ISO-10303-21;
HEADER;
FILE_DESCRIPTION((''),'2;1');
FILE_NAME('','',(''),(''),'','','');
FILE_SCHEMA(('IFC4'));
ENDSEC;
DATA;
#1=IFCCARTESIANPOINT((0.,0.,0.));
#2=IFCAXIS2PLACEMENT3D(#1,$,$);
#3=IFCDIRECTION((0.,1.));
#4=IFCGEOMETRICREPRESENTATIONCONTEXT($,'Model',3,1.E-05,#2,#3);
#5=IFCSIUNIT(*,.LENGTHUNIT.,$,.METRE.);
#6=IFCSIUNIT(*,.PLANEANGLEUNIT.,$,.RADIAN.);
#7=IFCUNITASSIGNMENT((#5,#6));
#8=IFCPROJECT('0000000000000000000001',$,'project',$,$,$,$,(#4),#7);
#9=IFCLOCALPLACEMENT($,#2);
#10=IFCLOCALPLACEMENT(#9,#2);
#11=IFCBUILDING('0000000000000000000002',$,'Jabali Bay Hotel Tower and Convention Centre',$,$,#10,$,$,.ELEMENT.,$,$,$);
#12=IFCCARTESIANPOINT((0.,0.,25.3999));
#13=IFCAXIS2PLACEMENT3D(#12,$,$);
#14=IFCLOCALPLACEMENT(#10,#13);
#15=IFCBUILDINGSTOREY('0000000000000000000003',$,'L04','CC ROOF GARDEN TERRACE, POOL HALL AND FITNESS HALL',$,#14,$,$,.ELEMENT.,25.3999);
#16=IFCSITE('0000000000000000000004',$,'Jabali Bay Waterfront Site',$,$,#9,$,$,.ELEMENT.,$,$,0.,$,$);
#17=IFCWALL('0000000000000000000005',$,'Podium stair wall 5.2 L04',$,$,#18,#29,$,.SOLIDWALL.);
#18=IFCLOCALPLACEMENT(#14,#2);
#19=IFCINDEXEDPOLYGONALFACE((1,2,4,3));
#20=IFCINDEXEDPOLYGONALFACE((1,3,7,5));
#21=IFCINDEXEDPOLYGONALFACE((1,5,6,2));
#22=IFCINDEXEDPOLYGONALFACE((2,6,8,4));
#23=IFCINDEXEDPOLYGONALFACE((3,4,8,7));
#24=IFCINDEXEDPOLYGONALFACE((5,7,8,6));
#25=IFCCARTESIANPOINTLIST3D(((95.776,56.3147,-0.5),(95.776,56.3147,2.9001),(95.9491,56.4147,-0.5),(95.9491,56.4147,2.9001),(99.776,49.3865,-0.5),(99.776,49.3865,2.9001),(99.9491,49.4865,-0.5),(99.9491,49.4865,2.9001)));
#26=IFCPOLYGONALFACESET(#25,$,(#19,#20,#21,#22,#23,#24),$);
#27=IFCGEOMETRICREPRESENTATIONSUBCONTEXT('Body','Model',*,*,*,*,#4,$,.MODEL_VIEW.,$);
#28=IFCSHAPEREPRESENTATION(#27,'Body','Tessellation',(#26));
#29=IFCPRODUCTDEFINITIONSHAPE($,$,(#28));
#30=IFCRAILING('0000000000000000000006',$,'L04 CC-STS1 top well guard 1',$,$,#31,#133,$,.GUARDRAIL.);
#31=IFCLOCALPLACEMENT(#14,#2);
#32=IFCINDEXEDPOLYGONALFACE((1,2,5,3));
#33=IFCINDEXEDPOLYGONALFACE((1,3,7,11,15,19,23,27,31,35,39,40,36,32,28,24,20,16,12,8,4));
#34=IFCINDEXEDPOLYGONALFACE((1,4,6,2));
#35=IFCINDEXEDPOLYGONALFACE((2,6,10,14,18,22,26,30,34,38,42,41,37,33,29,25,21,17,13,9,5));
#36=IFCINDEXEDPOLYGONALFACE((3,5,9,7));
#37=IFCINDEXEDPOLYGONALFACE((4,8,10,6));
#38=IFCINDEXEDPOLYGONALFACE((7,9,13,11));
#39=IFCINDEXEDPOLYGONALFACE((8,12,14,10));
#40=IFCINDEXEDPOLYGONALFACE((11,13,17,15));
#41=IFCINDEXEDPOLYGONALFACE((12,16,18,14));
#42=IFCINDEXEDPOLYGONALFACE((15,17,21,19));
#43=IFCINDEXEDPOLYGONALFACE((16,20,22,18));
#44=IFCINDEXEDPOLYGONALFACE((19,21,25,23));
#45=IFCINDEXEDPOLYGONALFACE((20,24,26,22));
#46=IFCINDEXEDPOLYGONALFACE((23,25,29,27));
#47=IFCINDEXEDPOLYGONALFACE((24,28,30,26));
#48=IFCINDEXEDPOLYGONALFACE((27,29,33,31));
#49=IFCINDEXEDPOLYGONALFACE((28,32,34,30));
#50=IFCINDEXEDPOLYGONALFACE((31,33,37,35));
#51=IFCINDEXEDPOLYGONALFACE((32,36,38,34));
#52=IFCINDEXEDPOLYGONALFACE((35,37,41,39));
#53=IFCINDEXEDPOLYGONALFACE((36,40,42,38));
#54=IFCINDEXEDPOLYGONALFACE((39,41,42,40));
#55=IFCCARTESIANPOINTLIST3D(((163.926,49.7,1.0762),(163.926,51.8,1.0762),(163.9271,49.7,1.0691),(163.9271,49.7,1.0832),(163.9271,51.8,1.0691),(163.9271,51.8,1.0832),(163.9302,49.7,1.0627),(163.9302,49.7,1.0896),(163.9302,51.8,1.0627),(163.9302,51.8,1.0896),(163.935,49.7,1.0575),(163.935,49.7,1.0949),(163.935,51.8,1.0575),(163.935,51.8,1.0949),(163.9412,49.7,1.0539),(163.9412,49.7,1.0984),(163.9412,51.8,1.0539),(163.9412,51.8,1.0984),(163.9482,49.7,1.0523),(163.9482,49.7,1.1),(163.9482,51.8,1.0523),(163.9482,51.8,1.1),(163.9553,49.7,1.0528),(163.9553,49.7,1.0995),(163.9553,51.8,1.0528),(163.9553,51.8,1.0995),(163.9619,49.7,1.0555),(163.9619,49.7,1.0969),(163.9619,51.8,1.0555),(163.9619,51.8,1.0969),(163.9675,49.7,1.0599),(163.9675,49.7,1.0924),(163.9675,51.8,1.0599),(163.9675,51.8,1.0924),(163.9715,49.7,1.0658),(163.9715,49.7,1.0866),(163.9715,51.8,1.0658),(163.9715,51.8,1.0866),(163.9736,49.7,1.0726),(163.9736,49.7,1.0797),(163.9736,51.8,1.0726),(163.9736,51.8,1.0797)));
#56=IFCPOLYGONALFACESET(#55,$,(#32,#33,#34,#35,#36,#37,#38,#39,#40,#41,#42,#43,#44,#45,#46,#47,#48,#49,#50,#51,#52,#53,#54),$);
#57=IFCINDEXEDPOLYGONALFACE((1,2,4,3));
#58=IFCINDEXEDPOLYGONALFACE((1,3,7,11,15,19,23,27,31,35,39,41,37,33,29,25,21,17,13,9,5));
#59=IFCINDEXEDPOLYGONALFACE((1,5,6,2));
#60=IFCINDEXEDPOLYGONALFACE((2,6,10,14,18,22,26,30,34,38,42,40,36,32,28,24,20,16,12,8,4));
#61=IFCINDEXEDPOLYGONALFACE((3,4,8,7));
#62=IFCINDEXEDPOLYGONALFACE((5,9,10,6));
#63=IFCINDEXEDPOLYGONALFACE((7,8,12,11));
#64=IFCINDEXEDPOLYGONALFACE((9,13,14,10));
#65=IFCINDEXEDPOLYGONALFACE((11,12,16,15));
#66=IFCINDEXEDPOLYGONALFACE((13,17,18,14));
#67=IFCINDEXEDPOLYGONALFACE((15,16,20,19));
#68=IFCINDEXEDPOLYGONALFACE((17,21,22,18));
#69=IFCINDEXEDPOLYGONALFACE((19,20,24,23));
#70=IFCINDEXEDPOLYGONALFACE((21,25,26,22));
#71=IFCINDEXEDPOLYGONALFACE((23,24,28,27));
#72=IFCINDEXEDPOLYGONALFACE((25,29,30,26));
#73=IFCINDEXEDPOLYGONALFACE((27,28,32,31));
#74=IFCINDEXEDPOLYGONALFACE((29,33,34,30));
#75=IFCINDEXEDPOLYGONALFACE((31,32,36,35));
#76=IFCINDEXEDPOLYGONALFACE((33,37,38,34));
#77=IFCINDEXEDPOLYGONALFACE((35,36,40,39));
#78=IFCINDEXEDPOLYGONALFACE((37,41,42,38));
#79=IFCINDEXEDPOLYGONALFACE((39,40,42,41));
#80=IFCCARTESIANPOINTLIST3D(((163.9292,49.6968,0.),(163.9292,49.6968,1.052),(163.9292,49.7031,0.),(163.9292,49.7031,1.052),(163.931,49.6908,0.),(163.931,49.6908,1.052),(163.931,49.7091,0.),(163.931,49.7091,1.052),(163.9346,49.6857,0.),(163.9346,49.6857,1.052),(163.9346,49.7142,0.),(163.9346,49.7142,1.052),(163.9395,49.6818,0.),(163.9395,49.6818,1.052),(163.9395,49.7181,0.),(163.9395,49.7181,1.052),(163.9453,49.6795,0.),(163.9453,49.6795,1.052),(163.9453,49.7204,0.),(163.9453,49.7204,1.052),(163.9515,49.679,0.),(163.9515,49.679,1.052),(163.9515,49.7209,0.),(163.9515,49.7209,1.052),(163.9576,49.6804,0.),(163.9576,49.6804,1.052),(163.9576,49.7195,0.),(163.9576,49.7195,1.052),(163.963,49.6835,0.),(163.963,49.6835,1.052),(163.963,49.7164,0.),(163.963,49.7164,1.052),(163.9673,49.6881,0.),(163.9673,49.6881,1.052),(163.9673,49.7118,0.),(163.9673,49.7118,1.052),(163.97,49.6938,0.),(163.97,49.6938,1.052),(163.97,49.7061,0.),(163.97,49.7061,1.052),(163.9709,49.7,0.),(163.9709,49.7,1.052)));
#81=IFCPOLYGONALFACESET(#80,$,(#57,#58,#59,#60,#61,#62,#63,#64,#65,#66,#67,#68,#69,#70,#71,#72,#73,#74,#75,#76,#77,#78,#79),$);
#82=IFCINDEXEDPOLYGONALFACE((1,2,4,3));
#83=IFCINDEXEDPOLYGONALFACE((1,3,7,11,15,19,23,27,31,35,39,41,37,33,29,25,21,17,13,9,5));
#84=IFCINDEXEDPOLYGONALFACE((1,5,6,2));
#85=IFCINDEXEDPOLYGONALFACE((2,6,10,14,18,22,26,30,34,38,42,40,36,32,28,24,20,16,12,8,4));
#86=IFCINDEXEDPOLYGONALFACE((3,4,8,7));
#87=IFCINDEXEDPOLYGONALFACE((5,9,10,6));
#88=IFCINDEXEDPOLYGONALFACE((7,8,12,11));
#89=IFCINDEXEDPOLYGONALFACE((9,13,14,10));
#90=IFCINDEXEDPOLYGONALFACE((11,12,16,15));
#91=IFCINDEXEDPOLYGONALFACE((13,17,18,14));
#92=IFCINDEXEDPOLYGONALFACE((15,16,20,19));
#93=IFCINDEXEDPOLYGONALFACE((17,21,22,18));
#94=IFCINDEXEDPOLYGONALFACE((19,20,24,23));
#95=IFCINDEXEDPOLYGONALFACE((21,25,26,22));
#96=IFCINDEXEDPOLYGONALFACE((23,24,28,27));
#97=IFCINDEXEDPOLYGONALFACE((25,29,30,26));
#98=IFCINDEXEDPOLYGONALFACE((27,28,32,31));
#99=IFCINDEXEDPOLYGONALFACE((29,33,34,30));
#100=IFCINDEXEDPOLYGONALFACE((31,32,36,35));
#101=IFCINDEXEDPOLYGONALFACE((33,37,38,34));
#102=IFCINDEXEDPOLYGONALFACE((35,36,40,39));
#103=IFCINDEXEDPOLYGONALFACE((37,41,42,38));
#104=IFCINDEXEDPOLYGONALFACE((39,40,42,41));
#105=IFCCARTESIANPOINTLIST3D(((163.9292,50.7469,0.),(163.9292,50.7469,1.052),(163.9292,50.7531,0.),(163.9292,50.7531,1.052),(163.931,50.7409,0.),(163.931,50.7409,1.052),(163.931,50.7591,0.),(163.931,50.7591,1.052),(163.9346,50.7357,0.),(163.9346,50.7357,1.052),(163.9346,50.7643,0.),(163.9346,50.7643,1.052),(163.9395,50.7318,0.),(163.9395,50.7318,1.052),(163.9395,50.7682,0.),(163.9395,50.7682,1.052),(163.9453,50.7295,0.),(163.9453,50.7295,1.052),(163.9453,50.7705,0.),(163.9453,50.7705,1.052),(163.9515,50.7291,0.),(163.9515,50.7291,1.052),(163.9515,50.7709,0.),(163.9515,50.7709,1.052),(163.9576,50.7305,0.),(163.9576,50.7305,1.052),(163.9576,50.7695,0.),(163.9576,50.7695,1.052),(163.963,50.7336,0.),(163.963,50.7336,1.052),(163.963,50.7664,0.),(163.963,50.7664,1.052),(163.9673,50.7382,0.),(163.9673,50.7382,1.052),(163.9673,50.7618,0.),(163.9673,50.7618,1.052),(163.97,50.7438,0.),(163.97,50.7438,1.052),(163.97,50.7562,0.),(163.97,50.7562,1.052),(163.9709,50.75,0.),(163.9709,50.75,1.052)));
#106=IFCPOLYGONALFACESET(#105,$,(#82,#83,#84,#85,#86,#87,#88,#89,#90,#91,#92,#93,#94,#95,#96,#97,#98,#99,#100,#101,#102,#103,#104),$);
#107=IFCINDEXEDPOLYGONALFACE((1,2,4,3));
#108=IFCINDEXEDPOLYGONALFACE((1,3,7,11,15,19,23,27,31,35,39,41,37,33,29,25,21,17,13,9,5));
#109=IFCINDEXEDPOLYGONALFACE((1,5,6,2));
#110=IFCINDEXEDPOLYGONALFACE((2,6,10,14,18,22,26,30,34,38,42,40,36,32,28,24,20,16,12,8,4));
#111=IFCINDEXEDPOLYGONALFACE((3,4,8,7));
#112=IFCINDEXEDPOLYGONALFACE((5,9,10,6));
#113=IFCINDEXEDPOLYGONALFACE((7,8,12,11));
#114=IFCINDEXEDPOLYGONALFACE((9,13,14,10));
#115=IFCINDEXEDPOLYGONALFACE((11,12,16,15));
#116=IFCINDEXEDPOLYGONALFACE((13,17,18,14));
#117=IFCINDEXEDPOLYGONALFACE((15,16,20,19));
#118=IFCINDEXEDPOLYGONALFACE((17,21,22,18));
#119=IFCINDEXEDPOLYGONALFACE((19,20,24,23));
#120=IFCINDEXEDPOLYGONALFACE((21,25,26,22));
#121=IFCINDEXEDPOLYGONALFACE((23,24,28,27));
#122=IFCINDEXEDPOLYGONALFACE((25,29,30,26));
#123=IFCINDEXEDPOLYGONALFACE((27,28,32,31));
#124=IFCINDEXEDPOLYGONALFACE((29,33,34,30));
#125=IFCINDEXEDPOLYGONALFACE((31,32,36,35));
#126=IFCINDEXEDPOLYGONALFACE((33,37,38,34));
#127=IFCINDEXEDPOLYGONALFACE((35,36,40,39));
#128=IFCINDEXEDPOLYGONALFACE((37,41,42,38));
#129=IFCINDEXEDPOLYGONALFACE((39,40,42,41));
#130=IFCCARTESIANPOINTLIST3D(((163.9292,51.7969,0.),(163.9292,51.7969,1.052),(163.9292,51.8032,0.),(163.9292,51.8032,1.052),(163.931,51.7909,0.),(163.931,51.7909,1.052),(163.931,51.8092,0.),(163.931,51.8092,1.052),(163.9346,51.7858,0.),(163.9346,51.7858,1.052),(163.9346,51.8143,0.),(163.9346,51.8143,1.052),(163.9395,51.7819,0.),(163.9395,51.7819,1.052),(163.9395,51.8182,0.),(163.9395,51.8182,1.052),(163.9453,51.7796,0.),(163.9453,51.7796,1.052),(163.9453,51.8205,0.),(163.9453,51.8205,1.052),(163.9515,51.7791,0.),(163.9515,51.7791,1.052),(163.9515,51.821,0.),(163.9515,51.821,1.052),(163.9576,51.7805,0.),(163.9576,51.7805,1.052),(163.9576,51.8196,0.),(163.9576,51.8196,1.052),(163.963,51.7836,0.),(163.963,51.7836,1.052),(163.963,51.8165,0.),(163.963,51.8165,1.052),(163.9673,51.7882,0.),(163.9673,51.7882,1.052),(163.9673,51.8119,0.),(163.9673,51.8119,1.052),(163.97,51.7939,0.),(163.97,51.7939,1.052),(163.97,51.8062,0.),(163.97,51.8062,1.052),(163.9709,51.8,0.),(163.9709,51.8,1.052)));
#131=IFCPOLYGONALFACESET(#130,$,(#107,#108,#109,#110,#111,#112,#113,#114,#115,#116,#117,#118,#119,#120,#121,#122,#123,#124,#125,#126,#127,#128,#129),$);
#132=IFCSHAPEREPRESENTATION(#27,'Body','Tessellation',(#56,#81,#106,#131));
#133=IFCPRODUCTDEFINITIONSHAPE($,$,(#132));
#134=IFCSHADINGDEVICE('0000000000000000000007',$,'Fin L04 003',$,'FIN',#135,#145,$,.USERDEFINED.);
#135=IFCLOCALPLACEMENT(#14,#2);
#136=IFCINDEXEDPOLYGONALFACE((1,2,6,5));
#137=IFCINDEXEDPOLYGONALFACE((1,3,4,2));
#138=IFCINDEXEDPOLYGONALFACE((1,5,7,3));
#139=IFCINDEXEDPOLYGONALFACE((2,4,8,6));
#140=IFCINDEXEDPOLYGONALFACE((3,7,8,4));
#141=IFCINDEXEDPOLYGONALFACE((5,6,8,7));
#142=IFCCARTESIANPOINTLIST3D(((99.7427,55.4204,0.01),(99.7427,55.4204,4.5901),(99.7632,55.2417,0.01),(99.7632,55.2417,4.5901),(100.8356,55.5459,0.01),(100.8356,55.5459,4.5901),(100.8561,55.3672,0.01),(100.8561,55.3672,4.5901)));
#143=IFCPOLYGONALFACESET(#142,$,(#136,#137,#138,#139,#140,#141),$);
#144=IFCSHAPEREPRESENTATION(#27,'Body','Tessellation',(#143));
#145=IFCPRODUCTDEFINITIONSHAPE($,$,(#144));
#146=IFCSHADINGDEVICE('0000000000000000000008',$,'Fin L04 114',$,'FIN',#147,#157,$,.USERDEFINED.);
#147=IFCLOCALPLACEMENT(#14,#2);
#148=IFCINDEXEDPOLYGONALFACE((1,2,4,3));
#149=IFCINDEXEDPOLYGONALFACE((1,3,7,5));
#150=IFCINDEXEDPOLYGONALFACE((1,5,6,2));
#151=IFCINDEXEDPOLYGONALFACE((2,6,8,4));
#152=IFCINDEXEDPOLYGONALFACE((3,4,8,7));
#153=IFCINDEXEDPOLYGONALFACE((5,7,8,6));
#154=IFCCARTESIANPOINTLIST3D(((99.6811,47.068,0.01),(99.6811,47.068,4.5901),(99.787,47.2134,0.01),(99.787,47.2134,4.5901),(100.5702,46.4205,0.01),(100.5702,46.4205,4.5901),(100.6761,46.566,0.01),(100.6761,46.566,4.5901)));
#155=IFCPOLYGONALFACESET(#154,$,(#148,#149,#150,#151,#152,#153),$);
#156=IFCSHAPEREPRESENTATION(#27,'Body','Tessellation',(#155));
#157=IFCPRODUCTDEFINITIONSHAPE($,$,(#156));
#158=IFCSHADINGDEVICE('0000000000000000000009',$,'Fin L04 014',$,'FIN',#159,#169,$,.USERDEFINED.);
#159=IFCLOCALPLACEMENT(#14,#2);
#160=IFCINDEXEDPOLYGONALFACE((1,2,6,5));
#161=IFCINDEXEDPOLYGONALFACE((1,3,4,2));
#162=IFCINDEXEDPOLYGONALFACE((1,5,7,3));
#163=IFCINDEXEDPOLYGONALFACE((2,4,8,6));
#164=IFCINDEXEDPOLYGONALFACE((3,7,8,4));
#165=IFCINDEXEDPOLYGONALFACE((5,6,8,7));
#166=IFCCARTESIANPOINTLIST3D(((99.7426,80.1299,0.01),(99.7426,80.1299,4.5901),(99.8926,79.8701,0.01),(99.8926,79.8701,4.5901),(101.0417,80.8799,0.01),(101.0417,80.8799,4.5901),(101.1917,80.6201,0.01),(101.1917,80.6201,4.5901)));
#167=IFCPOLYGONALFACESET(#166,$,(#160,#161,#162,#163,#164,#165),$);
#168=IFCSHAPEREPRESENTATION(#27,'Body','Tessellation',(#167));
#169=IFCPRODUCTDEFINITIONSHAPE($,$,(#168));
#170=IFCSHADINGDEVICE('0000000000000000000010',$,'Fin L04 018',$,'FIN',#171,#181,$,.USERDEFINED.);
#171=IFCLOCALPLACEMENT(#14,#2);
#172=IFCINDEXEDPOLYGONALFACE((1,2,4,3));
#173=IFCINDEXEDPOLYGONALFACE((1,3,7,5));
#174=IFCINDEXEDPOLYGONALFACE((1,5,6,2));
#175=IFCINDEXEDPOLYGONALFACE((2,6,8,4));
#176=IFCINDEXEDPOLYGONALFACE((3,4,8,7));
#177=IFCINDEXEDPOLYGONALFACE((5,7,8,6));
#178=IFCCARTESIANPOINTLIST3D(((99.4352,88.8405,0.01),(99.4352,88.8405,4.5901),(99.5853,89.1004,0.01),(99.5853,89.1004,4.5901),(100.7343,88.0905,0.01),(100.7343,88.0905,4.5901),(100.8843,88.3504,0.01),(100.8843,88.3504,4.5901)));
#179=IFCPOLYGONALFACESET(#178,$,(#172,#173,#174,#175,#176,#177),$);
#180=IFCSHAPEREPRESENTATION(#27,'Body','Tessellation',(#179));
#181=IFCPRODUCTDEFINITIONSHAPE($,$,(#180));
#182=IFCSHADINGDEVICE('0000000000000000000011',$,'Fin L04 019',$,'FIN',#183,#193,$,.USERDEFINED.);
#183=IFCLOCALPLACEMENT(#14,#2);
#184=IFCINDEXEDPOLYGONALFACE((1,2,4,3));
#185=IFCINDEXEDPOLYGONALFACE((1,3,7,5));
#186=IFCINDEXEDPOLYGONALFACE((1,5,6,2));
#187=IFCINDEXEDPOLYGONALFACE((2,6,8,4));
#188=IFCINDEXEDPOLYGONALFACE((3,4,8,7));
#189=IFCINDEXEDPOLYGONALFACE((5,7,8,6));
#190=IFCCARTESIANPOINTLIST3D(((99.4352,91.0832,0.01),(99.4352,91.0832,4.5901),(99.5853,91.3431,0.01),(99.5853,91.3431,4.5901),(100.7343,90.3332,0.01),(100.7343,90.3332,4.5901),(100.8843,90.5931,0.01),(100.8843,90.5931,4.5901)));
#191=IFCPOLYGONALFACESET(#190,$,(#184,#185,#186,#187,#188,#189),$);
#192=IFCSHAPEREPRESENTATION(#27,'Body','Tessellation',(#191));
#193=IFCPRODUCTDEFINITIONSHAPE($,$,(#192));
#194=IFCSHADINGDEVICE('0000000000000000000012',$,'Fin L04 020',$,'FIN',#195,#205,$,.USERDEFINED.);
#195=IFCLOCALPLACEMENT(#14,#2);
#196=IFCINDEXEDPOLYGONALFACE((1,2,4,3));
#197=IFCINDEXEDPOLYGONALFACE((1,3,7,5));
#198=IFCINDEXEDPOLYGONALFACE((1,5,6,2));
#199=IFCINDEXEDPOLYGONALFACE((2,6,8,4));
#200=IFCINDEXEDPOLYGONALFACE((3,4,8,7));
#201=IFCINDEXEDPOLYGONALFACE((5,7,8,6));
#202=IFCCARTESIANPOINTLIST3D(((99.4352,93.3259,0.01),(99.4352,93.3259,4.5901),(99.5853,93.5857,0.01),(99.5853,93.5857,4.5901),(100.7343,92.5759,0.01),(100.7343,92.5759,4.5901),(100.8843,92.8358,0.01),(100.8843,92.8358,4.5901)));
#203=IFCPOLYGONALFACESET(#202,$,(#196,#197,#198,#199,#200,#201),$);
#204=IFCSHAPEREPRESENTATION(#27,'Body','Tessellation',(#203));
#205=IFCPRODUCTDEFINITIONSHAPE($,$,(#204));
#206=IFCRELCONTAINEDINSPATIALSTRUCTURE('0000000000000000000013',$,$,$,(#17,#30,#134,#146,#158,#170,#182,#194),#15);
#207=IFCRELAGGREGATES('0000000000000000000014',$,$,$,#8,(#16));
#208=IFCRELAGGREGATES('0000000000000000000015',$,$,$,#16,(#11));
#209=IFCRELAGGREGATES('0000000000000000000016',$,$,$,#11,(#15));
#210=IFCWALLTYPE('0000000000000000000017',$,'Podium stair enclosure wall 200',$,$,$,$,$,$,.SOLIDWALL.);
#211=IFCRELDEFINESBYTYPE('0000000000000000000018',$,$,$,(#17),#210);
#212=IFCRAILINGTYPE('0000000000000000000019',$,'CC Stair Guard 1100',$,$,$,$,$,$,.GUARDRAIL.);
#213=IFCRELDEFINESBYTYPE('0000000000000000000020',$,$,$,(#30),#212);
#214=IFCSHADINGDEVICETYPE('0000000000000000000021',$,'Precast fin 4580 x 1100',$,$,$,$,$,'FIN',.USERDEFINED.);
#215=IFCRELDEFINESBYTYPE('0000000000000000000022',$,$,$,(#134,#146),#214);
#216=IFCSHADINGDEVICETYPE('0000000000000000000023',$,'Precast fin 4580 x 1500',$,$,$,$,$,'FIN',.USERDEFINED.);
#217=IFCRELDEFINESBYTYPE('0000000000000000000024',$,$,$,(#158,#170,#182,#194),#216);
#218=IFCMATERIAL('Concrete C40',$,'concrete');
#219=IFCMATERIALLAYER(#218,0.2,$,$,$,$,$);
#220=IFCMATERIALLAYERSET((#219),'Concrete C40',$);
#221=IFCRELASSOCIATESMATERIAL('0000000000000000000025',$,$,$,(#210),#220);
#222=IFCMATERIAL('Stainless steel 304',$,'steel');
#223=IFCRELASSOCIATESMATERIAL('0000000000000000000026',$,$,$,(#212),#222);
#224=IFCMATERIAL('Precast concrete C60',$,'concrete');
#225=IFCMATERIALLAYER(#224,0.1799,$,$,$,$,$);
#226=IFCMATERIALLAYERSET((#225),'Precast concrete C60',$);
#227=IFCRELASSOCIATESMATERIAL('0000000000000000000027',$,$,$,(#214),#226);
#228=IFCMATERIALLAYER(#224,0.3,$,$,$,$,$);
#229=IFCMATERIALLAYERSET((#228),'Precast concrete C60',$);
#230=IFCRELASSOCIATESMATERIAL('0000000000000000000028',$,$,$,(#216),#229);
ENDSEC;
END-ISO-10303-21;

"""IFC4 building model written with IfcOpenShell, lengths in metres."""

from ifc_helpers import new_model, si_unit, direction, frame, frame_2d, origin, origin_2d, place, context, subcontext, project, spatial, rectangle, circle, extrude, material, layer, layer_set, type_object, element, save


model = new_model("IFC4")

# Units and contexts
model_context = context("Model", 3, precision=1e-05, world=origin(), true_north=direction((0.0, 1.0)))
body_context = subcontext(model_context, "Body", "Model", "MODEL_VIEW")
ifc_project = project(units=[si_unit("LENGTHUNIT", "METRE"), si_unit("PLANEANGLEUNIT", "RADIAN")], contexts=[model_context])

# Site, building, storey
site_placement = place(None, origin())
site = spatial("IfcSite", under=ifc_project, at=site_placement, Name="Jabali Bay Waterfront Site", CompositionType="ELEMENT", RefElevation=0.0)
building_placement = place(site_placement, origin())
building = spatial("IfcBuilding", under=site, at=building_placement, Name="Jabali Bay Hotel Tower and Convention Centre", CompositionType="ELEMENT")
storey_placement = place(building_placement, frame((0.0, 0.0, 25.3999)))
storey = spatial("IfcBuildingStorey", under=building, at=storey_placement, Name="L04", Description="CC ROOF GARDEN TERRACE, POOL HALL AND FITNESS HALL", CompositionType="ELEMENT", Elevation=25.3999)

# Shared definitions
ifc_material_1 = material(Name="Concrete C40", Category="concrete")

# Wall
ifc_layer_1 = layer(ifc_material_1, 0.2)
ifc_layer_set_1 = layer_set([ifc_layer_1], Name="Concrete C40")
wall_type_1 = type_object("IfcWallType", Name="Podium stair enclosure wall 200", PredefinedType="SOLIDWALL", material=ifc_layer_set_1)
wall_1_placement = place(storey_placement, frame((99.8625, 49.4365, -0.5), z_axis=(0.0, 0.0, 1.0), x_axis=(-0.499999, 0.866026, 0.0)))
element("IfcWall", 1, at=wall_1_placement, inside=storey, type_object=wall_type_1, Name="Podium stair wall 5.2 L04", PredefinedType="SOLIDWALL", context=body_context, shape_type="SweptSolid", body=[
    extrude(rectangle(XDim=8.0, YDim=0.2, at=frame_2d((4.0, 0.0))), origin(), (0.0, 0.0, 1.0), 3.4001),
])

# Railing
ifc_material_2 = material(Name="Stainless steel 304", Category="steel")
railing_type_1 = type_object("IfcRailingType", Name="CC Stair Guard 1100", PredefinedType="GUARDRAIL", material=ifc_material_2)
railing_1_placement = place(storey_placement, frame((163.95, 49.7, 0.0)))
element("IfcRailing", 2, at=railing_1_placement, inside=storey, type_object=railing_type_1, Name="L04 CC-STS1 top well guard 1", PredefinedType="GUARDRAIL", context=body_context, shape_type="SweptSolid", body=[
    extrude(circle(Radius=0.0239, at=origin_2d()), frame((0.0, 0.0, 1.0762), z_axis=(0.0, 1.0, 0.0), x_axis=(-1.0, 0.0, 0.0)), (0.0, 0.0, 1.0), 2.1001),
    extrude(circle(Radius=0.021, at=origin_2d()), origin(), (0.0, 0.0, 1.0), 1.052),
    extrude(circle(Radius=0.021, at=origin_2d()), frame((0.0, 1.05, 0.0)), (0.0, 0.0, 1.0), 1.052),
    extrude(circle(Radius=0.021, at=origin_2d()), frame((0.0, 2.1001, 0.0)), (0.0, 0.0, 1.0), 1.052),
])

# Shading devices
ifc_material_3 = material(Name="Precast concrete C60", Category="concrete")
ifc_layer_2 = layer(ifc_material_3, 0.1799)
ifc_layer_set_2 = layer_set([ifc_layer_2], Name="Precast concrete C60")
shading_device_type_1 = type_object("IfcShadingDeviceType", Name="Precast fin 4580 x 1100", ElementType="FIN", PredefinedType="USERDEFINED", material=ifc_layer_set_2)
shading_device_1_placement = place(storey_placement, frame((99.7529, 55.3311, 0.01), z_axis=(0.0, 0.0, 1.0), x_axis=(0.993474, 0.11406, 0.0)))
element("IfcShadingDevice", 3, at=shading_device_1_placement, inside=storey, type_object=shading_device_type_1, Name="Fin L04 003", ObjectType="FIN", PredefinedType="USERDEFINED", context=body_context, shape_type="SweptSolid", body=[
    extrude(rectangle(XDim=1.1001, YDim=0.1799, at=frame_2d((0.55, 0.0))), origin(), (0.0, 0.0, 1.0), 4.5801),
])
shading_device_2_placement = place(storey_placement, frame((99.7341, 47.1406, 0.01), z_axis=(0.0, 0.0, 1.0), x_axis=(0.80839, -0.588647, 0.0)))
element("IfcShadingDevice", 4, at=shading_device_2_placement, inside=storey, type_object=shading_device_type_1, Name="Fin L04 114", ObjectType="FIN", PredefinedType="USERDEFINED", context=body_context, shape_type="SweptSolid", body=[
    extrude(rectangle(XDim=1.0999, YDim=0.1799, at=frame_2d((0.5498, 0.0))), origin(), (0.0, 0.0, 1.0), 4.5801),
])
ifc_layer_3 = layer(ifc_material_3, 0.3)
ifc_layer_set_3 = layer_set([ifc_layer_3], Name="Precast concrete C60")
shading_device_type_2 = type_object("IfcShadingDeviceType", Name="Precast fin 4580 x 1500", ElementType="FIN", PredefinedType="USERDEFINED", material=ifc_layer_set_3)
for number, where, z_axis, x_axis, name in (
    (5, (99.8176, 80.0, 0.01), (0.0, 0.0, 1.0), (0.866031, 0.49999, 0.0), "Fin L04 014"),
    (6, (99.5103, 88.9705, 0.01), (0.0, 0.0, 1.0), (0.866031, -0.49999, 0.0), "Fin L04 018"),
    (7, (99.5103, 91.2131, 0.01), (0.0, 0.0, 1.0), (0.866031, -0.49999, 0.0), "Fin L04 019"),
    (8, (99.5103, 93.4558, 0.01), (0.0, 0.0, 1.0), (0.866031, -0.49999, 0.0), "Fin L04 020"),
):
    element("IfcShadingDevice", number, at=place(storey_placement, frame(where, z_axis=z_axis, x_axis=x_axis)), inside=storey, type_object=shading_device_type_2, Name=name, ObjectType="FIN", PredefinedType="USERDEFINED", context=body_context, shape_type="SweptSolid", body=[
        extrude(rectangle(XDim=1.5, YDim=0.3, at=frame_2d((0.75, 0.0))), origin(), (0.0, 0.0, 1.0), 4.5801),
    ])

save(model, "model.ifc")
